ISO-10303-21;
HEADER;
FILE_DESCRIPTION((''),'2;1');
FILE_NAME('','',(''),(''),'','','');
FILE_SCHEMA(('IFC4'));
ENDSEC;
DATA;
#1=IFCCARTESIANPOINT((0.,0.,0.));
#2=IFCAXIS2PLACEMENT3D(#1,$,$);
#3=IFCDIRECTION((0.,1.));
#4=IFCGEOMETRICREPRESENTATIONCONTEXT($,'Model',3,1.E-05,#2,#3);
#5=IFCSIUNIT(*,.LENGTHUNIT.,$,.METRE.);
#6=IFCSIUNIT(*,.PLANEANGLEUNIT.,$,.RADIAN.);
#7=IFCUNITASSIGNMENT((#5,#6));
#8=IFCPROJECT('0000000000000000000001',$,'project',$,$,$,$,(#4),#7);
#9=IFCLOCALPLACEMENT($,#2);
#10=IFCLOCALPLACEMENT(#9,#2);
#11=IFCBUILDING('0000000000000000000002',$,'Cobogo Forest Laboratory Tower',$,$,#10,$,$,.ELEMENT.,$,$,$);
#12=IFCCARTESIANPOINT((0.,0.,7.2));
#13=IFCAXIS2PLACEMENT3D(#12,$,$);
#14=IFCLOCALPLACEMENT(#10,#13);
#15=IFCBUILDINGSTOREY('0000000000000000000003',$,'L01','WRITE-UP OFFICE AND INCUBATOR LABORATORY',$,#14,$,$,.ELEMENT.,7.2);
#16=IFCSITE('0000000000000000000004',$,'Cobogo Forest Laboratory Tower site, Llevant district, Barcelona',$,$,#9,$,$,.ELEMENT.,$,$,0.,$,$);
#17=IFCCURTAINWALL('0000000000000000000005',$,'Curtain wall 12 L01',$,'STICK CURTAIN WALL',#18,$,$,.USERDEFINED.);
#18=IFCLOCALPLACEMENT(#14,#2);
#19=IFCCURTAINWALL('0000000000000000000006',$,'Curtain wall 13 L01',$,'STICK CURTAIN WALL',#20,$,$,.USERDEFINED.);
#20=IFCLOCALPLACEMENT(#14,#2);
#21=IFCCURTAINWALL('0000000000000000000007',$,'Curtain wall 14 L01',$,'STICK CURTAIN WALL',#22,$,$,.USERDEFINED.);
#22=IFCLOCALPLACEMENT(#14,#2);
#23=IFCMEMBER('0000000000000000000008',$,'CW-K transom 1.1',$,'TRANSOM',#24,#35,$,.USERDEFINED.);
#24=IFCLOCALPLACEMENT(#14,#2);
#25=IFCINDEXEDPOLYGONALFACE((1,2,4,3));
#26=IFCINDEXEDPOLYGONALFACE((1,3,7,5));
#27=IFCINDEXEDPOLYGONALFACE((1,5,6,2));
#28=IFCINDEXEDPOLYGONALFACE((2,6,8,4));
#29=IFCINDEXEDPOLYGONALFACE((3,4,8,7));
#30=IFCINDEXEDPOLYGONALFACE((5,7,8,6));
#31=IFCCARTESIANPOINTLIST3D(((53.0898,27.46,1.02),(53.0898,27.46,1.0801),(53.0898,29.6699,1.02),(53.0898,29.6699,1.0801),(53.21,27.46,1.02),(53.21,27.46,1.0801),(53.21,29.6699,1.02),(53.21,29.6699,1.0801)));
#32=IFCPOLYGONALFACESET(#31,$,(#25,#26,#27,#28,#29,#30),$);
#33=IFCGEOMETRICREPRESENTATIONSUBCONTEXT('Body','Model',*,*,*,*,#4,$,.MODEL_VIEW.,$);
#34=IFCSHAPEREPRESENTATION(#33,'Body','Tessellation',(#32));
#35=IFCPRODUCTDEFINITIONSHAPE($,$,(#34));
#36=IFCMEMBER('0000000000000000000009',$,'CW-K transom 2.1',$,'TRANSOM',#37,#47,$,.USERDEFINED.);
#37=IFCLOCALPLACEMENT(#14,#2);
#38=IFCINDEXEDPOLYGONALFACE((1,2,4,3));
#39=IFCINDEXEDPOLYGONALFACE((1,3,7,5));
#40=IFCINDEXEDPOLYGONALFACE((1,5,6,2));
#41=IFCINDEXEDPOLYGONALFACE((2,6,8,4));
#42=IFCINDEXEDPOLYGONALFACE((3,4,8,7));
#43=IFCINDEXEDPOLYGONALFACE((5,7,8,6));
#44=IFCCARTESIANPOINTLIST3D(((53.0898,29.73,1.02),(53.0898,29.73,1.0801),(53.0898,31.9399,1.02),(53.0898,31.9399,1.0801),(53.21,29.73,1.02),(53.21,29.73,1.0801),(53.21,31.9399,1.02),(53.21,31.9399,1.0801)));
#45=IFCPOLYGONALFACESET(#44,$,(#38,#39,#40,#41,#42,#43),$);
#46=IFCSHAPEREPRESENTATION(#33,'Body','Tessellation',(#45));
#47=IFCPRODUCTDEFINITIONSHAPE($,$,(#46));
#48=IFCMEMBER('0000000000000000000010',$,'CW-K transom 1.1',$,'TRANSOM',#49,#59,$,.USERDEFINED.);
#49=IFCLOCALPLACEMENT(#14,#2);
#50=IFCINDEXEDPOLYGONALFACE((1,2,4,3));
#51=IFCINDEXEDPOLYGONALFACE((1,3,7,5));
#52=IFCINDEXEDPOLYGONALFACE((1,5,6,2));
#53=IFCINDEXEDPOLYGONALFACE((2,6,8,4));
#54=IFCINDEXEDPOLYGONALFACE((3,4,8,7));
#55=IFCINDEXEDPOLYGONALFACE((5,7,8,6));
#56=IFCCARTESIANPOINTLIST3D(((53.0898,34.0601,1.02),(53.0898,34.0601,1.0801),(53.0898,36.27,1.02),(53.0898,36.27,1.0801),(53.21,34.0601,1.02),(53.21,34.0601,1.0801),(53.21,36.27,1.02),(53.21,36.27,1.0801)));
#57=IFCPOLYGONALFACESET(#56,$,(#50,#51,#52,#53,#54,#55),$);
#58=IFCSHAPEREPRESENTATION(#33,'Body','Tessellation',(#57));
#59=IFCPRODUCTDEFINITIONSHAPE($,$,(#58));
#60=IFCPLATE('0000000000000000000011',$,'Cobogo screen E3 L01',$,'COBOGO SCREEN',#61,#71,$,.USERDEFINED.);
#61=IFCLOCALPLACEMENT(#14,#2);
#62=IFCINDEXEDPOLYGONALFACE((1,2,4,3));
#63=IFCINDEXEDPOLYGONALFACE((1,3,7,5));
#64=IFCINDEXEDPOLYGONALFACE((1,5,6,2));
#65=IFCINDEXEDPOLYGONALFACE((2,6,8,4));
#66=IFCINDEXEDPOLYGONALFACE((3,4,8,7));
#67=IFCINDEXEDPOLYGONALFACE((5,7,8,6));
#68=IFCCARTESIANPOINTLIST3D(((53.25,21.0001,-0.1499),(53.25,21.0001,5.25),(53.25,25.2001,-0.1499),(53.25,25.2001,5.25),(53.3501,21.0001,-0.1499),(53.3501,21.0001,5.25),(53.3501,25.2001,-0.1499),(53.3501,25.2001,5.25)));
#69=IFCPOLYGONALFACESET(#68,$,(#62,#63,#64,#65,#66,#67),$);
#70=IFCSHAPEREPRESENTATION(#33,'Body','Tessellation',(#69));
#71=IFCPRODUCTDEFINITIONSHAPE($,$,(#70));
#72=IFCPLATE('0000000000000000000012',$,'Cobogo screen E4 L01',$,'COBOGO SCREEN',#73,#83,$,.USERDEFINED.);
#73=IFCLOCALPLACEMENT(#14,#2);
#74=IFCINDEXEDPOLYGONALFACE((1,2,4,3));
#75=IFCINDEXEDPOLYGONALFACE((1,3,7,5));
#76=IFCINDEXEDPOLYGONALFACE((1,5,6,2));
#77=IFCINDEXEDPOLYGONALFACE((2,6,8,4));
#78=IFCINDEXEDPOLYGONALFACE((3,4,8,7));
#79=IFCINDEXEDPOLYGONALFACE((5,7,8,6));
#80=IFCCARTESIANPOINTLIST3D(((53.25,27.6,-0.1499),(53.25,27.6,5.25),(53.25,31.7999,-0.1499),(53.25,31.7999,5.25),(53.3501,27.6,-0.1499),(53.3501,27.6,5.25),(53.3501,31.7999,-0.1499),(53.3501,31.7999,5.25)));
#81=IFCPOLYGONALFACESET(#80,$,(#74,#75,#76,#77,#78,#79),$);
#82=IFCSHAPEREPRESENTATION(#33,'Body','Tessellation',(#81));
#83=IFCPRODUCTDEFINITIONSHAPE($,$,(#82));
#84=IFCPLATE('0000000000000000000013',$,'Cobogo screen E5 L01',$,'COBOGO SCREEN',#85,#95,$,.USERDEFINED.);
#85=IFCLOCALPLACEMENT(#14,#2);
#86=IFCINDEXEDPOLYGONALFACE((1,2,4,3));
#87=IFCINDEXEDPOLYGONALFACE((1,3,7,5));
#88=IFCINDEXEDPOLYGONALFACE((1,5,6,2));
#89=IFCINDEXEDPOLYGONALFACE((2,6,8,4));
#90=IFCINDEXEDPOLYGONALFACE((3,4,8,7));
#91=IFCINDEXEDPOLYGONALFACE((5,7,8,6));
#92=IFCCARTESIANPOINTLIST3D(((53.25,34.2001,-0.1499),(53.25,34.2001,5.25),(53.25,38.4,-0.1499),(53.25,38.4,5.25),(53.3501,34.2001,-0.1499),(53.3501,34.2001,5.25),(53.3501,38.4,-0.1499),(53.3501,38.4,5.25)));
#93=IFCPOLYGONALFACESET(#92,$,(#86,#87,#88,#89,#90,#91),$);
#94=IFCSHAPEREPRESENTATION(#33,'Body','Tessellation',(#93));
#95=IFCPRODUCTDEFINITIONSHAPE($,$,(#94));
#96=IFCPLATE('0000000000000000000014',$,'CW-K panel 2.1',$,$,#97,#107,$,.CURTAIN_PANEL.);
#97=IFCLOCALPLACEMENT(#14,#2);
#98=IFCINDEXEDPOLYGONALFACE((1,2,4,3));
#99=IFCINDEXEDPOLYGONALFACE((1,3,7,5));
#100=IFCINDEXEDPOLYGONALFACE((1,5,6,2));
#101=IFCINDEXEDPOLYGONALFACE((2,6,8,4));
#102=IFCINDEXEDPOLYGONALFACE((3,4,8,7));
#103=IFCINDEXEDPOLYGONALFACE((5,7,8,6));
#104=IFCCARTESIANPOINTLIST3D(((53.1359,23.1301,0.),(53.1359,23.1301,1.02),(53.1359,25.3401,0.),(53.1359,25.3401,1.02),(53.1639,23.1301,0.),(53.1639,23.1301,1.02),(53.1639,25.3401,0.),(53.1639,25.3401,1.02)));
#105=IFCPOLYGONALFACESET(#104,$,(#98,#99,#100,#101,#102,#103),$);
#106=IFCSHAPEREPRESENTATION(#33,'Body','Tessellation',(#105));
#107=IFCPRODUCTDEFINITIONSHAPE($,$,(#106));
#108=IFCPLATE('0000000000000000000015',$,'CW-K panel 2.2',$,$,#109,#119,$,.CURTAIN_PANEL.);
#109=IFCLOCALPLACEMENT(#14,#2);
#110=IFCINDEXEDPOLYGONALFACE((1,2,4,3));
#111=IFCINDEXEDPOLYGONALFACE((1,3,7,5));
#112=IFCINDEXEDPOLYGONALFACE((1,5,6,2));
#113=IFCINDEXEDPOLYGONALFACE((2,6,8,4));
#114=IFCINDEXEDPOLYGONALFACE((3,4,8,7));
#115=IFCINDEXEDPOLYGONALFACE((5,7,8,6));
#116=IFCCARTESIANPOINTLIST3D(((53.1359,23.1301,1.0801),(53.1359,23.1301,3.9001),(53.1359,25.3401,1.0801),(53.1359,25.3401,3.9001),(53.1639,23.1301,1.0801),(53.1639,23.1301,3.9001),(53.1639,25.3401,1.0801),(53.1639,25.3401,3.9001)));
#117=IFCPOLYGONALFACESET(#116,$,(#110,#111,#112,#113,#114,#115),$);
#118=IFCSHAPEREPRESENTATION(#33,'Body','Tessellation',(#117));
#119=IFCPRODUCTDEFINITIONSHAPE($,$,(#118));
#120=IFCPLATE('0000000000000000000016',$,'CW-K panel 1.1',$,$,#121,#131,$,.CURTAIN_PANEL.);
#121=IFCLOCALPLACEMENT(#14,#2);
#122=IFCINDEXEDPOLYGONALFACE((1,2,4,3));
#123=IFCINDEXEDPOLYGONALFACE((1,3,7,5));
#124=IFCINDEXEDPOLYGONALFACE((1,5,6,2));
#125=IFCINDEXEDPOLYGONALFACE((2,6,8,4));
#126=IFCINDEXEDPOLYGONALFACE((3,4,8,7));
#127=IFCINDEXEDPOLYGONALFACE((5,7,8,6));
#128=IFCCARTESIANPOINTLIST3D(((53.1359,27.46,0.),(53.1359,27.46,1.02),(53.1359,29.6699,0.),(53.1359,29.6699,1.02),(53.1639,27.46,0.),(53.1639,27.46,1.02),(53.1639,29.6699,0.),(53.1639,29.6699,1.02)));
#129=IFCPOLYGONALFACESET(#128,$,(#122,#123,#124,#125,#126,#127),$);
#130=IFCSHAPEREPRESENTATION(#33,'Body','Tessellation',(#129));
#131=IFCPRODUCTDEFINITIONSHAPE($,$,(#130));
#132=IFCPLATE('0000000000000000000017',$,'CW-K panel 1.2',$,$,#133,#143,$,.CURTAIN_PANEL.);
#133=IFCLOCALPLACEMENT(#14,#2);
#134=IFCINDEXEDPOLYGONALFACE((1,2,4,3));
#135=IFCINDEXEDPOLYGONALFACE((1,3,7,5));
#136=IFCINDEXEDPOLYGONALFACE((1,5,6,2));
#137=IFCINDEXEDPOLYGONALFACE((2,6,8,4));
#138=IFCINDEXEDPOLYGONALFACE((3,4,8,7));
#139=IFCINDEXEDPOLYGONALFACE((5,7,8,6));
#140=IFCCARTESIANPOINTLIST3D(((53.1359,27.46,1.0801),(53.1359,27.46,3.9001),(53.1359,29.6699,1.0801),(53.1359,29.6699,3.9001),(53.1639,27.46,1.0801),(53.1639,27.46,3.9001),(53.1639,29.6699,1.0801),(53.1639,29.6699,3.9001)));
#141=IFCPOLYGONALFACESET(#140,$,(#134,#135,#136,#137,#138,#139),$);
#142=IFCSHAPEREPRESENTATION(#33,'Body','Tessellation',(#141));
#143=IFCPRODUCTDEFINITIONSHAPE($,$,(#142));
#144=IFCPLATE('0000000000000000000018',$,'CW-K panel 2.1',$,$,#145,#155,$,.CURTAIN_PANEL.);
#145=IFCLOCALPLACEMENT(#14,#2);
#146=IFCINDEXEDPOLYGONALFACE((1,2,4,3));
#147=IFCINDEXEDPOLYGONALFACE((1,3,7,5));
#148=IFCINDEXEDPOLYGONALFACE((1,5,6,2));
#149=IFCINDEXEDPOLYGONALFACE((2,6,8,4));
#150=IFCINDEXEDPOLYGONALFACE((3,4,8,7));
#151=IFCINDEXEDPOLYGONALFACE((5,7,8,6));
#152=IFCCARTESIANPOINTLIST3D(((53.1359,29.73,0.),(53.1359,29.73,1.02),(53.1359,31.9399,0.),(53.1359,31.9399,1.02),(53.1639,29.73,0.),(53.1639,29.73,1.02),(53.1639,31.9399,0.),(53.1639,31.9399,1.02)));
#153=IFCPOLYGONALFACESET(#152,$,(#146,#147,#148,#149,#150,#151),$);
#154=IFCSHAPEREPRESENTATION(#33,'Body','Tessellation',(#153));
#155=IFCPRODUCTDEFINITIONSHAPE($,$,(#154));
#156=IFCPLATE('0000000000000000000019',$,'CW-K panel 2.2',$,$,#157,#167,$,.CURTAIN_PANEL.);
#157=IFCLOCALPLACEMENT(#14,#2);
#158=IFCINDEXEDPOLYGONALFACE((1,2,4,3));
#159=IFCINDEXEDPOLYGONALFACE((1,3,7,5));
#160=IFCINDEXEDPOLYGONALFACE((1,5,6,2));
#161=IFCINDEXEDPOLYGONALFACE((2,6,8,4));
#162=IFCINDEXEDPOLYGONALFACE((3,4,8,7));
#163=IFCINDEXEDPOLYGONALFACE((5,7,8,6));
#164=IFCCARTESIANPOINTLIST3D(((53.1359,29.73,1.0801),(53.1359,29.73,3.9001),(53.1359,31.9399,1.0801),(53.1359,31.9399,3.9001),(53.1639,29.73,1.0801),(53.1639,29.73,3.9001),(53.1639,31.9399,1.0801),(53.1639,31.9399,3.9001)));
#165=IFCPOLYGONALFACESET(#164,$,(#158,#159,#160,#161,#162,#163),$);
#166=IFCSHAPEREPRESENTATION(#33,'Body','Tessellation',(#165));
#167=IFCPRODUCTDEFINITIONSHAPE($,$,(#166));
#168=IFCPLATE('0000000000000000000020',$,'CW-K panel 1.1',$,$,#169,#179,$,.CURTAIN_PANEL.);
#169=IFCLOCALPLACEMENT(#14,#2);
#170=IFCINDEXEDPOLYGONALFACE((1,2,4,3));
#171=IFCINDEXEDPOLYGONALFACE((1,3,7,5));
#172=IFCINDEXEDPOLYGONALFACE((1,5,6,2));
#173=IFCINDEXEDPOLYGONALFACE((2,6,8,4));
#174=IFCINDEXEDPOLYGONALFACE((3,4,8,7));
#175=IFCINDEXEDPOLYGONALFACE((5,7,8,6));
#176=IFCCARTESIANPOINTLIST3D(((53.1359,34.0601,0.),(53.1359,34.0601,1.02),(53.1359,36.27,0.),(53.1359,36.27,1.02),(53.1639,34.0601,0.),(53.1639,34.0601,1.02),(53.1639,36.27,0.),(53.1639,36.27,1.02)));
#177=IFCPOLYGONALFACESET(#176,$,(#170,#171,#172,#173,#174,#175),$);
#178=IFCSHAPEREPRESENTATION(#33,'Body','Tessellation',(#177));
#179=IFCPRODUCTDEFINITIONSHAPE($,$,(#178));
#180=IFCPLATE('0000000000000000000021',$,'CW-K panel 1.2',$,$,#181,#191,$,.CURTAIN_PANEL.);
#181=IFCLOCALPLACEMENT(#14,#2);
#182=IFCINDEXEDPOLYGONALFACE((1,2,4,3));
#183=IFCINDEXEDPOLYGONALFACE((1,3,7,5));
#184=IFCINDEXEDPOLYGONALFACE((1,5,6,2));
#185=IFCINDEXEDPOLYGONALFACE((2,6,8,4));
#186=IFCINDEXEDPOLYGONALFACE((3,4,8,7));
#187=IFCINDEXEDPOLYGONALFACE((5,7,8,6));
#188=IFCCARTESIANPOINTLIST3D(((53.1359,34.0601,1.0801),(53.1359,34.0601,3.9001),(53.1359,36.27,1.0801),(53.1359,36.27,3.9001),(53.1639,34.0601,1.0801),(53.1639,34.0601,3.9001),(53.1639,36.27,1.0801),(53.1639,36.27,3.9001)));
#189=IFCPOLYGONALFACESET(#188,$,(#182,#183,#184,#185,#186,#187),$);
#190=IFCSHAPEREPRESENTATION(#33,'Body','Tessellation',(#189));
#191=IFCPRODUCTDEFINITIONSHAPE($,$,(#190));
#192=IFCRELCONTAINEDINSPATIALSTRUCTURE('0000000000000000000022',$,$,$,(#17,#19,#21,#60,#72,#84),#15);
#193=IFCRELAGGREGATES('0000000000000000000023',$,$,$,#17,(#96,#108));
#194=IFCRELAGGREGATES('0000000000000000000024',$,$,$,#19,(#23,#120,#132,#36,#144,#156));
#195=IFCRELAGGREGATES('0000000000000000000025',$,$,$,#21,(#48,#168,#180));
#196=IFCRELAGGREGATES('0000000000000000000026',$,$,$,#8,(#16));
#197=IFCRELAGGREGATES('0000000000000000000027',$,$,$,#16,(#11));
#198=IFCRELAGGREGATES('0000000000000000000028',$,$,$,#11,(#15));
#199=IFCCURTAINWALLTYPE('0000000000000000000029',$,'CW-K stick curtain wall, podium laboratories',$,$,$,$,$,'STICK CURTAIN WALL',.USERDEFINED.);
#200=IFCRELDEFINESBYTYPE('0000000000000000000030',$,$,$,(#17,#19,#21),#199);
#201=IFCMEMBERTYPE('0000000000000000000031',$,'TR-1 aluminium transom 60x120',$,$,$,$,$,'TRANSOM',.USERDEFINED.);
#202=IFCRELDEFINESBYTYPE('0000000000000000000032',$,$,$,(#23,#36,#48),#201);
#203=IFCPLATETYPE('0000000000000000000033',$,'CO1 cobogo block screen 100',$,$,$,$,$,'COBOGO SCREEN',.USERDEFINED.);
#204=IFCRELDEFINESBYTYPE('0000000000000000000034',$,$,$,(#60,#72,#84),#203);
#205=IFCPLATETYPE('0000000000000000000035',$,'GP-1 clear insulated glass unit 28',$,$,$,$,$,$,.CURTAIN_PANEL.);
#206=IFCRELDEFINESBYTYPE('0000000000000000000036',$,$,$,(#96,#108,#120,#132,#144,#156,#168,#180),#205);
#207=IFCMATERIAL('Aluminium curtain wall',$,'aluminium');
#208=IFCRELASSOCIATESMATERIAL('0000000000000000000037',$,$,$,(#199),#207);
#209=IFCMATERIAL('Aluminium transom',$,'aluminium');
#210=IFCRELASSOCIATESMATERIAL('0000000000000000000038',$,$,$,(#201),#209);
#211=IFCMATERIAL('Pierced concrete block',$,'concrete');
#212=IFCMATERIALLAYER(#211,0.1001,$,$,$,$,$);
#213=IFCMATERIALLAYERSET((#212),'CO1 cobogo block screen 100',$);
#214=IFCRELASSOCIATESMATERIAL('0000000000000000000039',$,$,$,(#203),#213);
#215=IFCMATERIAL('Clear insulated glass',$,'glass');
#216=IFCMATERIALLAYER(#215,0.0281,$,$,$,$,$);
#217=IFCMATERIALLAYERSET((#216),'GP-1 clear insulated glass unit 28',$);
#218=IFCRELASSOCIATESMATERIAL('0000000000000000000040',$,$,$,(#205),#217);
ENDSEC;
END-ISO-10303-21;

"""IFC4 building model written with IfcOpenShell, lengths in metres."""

from ifc_helpers import new_model, si_unit, direction, frame, origin, origin_2d, place, context, subcontext, project, spatial, rectangle, extrude, material, layer, layer_set, material_profile, profile_set, type_object, element, aggregate, save


model = new_model("IFC4")

# Units and contexts
model_context = context("Model", 3, precision=1e-05, world=origin(), true_north=direction((0.0, 1.0)))
body_context = subcontext(model_context, "Body", "Model", "MODEL_VIEW")
ifc_project = project(units=[si_unit("LENGTHUNIT", "METRE"), si_unit("PLANEANGLEUNIT", "RADIAN")], contexts=[model_context])

# Site, building, storey
site_placement = place(None, origin())
site = spatial("IfcSite", under=ifc_project, at=site_placement, Name="Cobogo Forest Laboratory Tower site, Llevant district, Barcelona", CompositionType="ELEMENT", RefElevation=0.0)
building_placement = place(site_placement, origin())
building = spatial("IfcBuilding", under=site, at=building_placement, Name="Cobogo Forest Laboratory Tower", CompositionType="ELEMENT")
storey_placement = place(building_placement, frame((0.0, 0.0, 7.2)))
storey = spatial("IfcBuildingStorey", under=building, at=storey_placement, Name="L01", Description="WRITE-UP OFFICE AND INCUBATOR LABORATORY", CompositionType="ELEMENT", Elevation=7.2)

# Curtain walls
ifc_material_1 = material(Name="Aluminium curtain wall", Category="aluminium")
curtain_wall_type = type_object("IfcCurtainWallType", Name="CW-K stick curtain wall, podium laboratories", ElementType="STICK CURTAIN WALL", PredefinedType="USERDEFINED", material=ifc_material_1)
curtain_wall_1_placement = place(storey_placement, origin())
curtain_wall_1 = element("IfcCurtainWall", 1, at=curtain_wall_1_placement, inside=storey, type_object=curtain_wall_type, Name="Curtain wall 12 L01", ObjectType="STICK CURTAIN WALL", PredefinedType="USERDEFINED")
curtain_wall_2_placement = place(storey_placement, origin())
curtain_wall_2 = element("IfcCurtainWall", 2, at=curtain_wall_2_placement, inside=storey, type_object=curtain_wall_type, Name="Curtain wall 13 L01", ObjectType="STICK CURTAIN WALL", PredefinedType="USERDEFINED")
curtain_wall_3_placement = place(storey_placement, origin())
curtain_wall_3 = element("IfcCurtainWall", 3, at=curtain_wall_3_placement, inside=storey, type_object=curtain_wall_type, Name="Curtain wall 14 L01", ObjectType="STICK CURTAIN WALL", PredefinedType="USERDEFINED")

# Members
ifc_material_2 = material(Name="Aluminium transom", Category="aluminium")
ifc_material_profile_1 = material_profile(ifc_material_2, rectangle(XDim=0.1201, YDim=0.0601, at=origin_2d()), Name="AL 60x120")
ifc_profile_set_1 = profile_set([ifc_material_profile_1], Name="Aluminium transom")
member_type_1 = type_object("IfcMemberType", Name="TR-1 aluminium transom 60x120", ElementType="TRANSOM", PredefinedType="USERDEFINED", material=ifc_profile_set_1)
member_1_placement = place(storey_placement, frame((53.1499, 27.46, 1.05), z_axis=(0.0, 1.0, 0.0), x_axis=(-1.0, 0.0, 0.0)))
member_1 = element("IfcMember", 4, at=member_1_placement, type_object=member_type_1, Name="CW-K transom 1.1", ObjectType="TRANSOM", PredefinedType="USERDEFINED", context=body_context, shape_type="SweptSolid", body=[
    extrude(rectangle(XDim=0.1201, YDim=0.0601, at=origin_2d()), origin(), (0.0, 0.0, 1.0), 2.21),
])
member_2_placement = place(storey_placement, frame((53.1499, 29.73, 1.05), z_axis=(0.0, 1.0, 0.0), x_axis=(-1.0, 0.0, 0.0)))
member_2 = element("IfcMember", 5, at=member_2_placement, type_object=member_type_1, Name="CW-K transom 2.1", ObjectType="TRANSOM", PredefinedType="USERDEFINED", context=body_context, shape_type="SweptSolid", body=[
    extrude(rectangle(XDim=0.1201, YDim=0.0601, at=origin_2d()), origin(), (0.0, 0.0, 1.0), 2.21),
])
member_3_placement = place(storey_placement, frame((53.1499, 34.0601, 1.05), z_axis=(0.0, 1.0, 0.0), x_axis=(-1.0, 0.0, 0.0)))
member_3 = element("IfcMember", 6, at=member_3_placement, type_object=member_type_1, Name="CW-K transom 1.1", ObjectType="TRANSOM", PredefinedType="USERDEFINED", context=body_context, shape_type="SweptSolid", body=[
    extrude(rectangle(XDim=0.1201, YDim=0.0601, at=origin_2d()), origin(), (0.0, 0.0, 1.0), 2.21),
])

# Plates
ifc_material_3 = material(Name="Pierced concrete block", Category="concrete")
ifc_layer_1 = layer(ifc_material_3, 0.1001)
ifc_layer_set_1 = layer_set([ifc_layer_1], Name="CO1 cobogo block screen 100")
plate_type_1 = type_object("IfcPlateType", Name="CO1 cobogo block screen 100", ElementType="COBOGO SCREEN", PredefinedType="USERDEFINED", material=ifc_layer_set_1)
for number, where, z_axis, x_axis, name in (
    (7, (53.3, 23.1001, -0.1499), (0.0, 0.0, 1.0), (0.0, 1.0, 0.0), "Cobogo screen E3 L01"),
    (8, (53.3, 29.7, -0.1499), (0.0, 0.0, 1.0), (0.0, 1.0, 0.0), "Cobogo screen E4 L01"),
    (9, (53.3, 36.3, -0.1499), (0.0, 0.0, 1.0), (0.0, 1.0, 0.0), "Cobogo screen E5 L01"),
):
    element("IfcPlate", number, at=place(storey_placement, frame(where, z_axis=z_axis, x_axis=x_axis)), inside=storey, type_object=plate_type_1, Name=name, ObjectType="COBOGO SCREEN", PredefinedType="USERDEFINED", context=body_context, shape_type="SweptSolid", body=[
        extrude(rectangle(XDim=4.2, YDim=0.1001, at=origin_2d()), origin(), (0.0, 0.0, 1.0), 5.3999),
    ])

# Plates
ifc_material_4 = material(Name="Clear insulated glass", Category="glass")
ifc_layer_2 = layer(ifc_material_4, 0.0281)
ifc_layer_set_2 = layer_set([ifc_layer_2], Name="GP-1 clear insulated glass unit 28")
plate_type_2 = type_object("IfcPlateType", Name="GP-1 clear insulated glass unit 28", PredefinedType="CURTAIN_PANEL", material=ifc_layer_set_2)
plate_1_placement = place(storey_placement, frame((53.1499, 24.2351, 0.0), z_axis=(0.0, 0.0, 1.0), x_axis=(0.0, 1.0, 0.0)))
plate_1 = element("IfcPlate", 10, at=plate_1_placement, type_object=plate_type_2, Name="CW-K panel 2.1", PredefinedType="CURTAIN_PANEL", context=body_context, shape_type="SweptSolid", body=[
    extrude(rectangle(XDim=2.21, YDim=0.0281, at=origin_2d()), origin(), (0.0, 0.0, 1.0), 1.02),
])
plate_2_placement = place(storey_placement, frame((53.1499, 24.2351, 1.0801), z_axis=(0.0, 0.0, 1.0), x_axis=(0.0, 1.0, 0.0)))
plate_2 = element("IfcPlate", 11, at=plate_2_placement, type_object=plate_type_2, Name="CW-K panel 2.2", PredefinedType="CURTAIN_PANEL", context=body_context, shape_type="SweptSolid", body=[
    extrude(rectangle(XDim=2.21, YDim=0.0281, at=origin_2d()), origin(), (0.0, 0.0, 1.0), 2.8201),
])
aggregate(curtain_wall_1, [plate_1, plate_2])
plate_3_placement = place(storey_placement, frame((53.1499, 28.5649, 0.0), z_axis=(0.0, 0.0, 1.0), x_axis=(0.0, 1.0, 0.0)))
plate_3 = element("IfcPlate", 12, at=plate_3_placement, type_object=plate_type_2, Name="CW-K panel 1.1", PredefinedType="CURTAIN_PANEL", context=body_context, shape_type="SweptSolid", body=[
    extrude(rectangle(XDim=2.21, YDim=0.0281, at=origin_2d()), origin(), (0.0, 0.0, 1.0), 1.02),
])
plate_4_placement = place(storey_placement, frame((53.1499, 28.5649, 1.0801), z_axis=(0.0, 0.0, 1.0), x_axis=(0.0, 1.0, 0.0)))
plate_4 = element("IfcPlate", 13, at=plate_4_placement, type_object=plate_type_2, Name="CW-K panel 1.2", PredefinedType="CURTAIN_PANEL", context=body_context, shape_type="SweptSolid", body=[
    extrude(rectangle(XDim=2.21, YDim=0.0281, at=origin_2d()), origin(), (0.0, 0.0, 1.0), 2.8201),
])
plate_5_placement = place(storey_placement, frame((53.1499, 30.835, 0.0), z_axis=(0.0, 0.0, 1.0), x_axis=(0.0, 1.0, 0.0)))
plate_5 = element("IfcPlate", 14, at=plate_5_placement, type_object=plate_type_2, Name="CW-K panel 2.1", PredefinedType="CURTAIN_PANEL", context=body_context, shape_type="SweptSolid", body=[
    extrude(rectangle(XDim=2.21, YDim=0.0281, at=origin_2d()), origin(), (0.0, 0.0, 1.0), 1.02),
])
plate_6_placement = place(storey_placement, frame((53.1499, 30.835, 1.0801), z_axis=(0.0, 0.0, 1.0), x_axis=(0.0, 1.0, 0.0)))
plate_6 = element("IfcPlate", 15, at=plate_6_placement, type_object=plate_type_2, Name="CW-K panel 2.2", PredefinedType="CURTAIN_PANEL", context=body_context, shape_type="SweptSolid", body=[
    extrude(rectangle(XDim=2.21, YDim=0.0281, at=origin_2d()), origin(), (0.0, 0.0, 1.0), 2.8201),
])
aggregate(curtain_wall_2, [member_1, plate_3, plate_4, member_2, plate_5, plate_6])
plate_7_placement = place(storey_placement, frame((53.1499, 35.165, 0.0), z_axis=(0.0, 0.0, 1.0), x_axis=(0.0, 1.0, 0.0)))
plate_7 = element("IfcPlate", 16, at=plate_7_placement, type_object=plate_type_2, Name="CW-K panel 1.1", PredefinedType="CURTAIN_PANEL", context=body_context, shape_type="SweptSolid", body=[
    extrude(rectangle(XDim=2.21, YDim=0.0281, at=origin_2d()), origin(), (0.0, 0.0, 1.0), 1.02),
])
plate_8_placement = place(storey_placement, frame((53.1499, 35.165, 1.0801), z_axis=(0.0, 0.0, 1.0), x_axis=(0.0, 1.0, 0.0)))
plate_8 = element("IfcPlate", 17, at=plate_8_placement, type_object=plate_type_2, Name="CW-K panel 1.2", PredefinedType="CURTAIN_PANEL", context=body_context, shape_type="SweptSolid", body=[
    extrude(rectangle(XDim=2.21, YDim=0.0281, at=origin_2d()), origin(), (0.0, 0.0, 1.0), 2.8201),
])
aggregate(curtain_wall_3, [member_3, plate_7, plate_8])

save(model, "model.ifc")
